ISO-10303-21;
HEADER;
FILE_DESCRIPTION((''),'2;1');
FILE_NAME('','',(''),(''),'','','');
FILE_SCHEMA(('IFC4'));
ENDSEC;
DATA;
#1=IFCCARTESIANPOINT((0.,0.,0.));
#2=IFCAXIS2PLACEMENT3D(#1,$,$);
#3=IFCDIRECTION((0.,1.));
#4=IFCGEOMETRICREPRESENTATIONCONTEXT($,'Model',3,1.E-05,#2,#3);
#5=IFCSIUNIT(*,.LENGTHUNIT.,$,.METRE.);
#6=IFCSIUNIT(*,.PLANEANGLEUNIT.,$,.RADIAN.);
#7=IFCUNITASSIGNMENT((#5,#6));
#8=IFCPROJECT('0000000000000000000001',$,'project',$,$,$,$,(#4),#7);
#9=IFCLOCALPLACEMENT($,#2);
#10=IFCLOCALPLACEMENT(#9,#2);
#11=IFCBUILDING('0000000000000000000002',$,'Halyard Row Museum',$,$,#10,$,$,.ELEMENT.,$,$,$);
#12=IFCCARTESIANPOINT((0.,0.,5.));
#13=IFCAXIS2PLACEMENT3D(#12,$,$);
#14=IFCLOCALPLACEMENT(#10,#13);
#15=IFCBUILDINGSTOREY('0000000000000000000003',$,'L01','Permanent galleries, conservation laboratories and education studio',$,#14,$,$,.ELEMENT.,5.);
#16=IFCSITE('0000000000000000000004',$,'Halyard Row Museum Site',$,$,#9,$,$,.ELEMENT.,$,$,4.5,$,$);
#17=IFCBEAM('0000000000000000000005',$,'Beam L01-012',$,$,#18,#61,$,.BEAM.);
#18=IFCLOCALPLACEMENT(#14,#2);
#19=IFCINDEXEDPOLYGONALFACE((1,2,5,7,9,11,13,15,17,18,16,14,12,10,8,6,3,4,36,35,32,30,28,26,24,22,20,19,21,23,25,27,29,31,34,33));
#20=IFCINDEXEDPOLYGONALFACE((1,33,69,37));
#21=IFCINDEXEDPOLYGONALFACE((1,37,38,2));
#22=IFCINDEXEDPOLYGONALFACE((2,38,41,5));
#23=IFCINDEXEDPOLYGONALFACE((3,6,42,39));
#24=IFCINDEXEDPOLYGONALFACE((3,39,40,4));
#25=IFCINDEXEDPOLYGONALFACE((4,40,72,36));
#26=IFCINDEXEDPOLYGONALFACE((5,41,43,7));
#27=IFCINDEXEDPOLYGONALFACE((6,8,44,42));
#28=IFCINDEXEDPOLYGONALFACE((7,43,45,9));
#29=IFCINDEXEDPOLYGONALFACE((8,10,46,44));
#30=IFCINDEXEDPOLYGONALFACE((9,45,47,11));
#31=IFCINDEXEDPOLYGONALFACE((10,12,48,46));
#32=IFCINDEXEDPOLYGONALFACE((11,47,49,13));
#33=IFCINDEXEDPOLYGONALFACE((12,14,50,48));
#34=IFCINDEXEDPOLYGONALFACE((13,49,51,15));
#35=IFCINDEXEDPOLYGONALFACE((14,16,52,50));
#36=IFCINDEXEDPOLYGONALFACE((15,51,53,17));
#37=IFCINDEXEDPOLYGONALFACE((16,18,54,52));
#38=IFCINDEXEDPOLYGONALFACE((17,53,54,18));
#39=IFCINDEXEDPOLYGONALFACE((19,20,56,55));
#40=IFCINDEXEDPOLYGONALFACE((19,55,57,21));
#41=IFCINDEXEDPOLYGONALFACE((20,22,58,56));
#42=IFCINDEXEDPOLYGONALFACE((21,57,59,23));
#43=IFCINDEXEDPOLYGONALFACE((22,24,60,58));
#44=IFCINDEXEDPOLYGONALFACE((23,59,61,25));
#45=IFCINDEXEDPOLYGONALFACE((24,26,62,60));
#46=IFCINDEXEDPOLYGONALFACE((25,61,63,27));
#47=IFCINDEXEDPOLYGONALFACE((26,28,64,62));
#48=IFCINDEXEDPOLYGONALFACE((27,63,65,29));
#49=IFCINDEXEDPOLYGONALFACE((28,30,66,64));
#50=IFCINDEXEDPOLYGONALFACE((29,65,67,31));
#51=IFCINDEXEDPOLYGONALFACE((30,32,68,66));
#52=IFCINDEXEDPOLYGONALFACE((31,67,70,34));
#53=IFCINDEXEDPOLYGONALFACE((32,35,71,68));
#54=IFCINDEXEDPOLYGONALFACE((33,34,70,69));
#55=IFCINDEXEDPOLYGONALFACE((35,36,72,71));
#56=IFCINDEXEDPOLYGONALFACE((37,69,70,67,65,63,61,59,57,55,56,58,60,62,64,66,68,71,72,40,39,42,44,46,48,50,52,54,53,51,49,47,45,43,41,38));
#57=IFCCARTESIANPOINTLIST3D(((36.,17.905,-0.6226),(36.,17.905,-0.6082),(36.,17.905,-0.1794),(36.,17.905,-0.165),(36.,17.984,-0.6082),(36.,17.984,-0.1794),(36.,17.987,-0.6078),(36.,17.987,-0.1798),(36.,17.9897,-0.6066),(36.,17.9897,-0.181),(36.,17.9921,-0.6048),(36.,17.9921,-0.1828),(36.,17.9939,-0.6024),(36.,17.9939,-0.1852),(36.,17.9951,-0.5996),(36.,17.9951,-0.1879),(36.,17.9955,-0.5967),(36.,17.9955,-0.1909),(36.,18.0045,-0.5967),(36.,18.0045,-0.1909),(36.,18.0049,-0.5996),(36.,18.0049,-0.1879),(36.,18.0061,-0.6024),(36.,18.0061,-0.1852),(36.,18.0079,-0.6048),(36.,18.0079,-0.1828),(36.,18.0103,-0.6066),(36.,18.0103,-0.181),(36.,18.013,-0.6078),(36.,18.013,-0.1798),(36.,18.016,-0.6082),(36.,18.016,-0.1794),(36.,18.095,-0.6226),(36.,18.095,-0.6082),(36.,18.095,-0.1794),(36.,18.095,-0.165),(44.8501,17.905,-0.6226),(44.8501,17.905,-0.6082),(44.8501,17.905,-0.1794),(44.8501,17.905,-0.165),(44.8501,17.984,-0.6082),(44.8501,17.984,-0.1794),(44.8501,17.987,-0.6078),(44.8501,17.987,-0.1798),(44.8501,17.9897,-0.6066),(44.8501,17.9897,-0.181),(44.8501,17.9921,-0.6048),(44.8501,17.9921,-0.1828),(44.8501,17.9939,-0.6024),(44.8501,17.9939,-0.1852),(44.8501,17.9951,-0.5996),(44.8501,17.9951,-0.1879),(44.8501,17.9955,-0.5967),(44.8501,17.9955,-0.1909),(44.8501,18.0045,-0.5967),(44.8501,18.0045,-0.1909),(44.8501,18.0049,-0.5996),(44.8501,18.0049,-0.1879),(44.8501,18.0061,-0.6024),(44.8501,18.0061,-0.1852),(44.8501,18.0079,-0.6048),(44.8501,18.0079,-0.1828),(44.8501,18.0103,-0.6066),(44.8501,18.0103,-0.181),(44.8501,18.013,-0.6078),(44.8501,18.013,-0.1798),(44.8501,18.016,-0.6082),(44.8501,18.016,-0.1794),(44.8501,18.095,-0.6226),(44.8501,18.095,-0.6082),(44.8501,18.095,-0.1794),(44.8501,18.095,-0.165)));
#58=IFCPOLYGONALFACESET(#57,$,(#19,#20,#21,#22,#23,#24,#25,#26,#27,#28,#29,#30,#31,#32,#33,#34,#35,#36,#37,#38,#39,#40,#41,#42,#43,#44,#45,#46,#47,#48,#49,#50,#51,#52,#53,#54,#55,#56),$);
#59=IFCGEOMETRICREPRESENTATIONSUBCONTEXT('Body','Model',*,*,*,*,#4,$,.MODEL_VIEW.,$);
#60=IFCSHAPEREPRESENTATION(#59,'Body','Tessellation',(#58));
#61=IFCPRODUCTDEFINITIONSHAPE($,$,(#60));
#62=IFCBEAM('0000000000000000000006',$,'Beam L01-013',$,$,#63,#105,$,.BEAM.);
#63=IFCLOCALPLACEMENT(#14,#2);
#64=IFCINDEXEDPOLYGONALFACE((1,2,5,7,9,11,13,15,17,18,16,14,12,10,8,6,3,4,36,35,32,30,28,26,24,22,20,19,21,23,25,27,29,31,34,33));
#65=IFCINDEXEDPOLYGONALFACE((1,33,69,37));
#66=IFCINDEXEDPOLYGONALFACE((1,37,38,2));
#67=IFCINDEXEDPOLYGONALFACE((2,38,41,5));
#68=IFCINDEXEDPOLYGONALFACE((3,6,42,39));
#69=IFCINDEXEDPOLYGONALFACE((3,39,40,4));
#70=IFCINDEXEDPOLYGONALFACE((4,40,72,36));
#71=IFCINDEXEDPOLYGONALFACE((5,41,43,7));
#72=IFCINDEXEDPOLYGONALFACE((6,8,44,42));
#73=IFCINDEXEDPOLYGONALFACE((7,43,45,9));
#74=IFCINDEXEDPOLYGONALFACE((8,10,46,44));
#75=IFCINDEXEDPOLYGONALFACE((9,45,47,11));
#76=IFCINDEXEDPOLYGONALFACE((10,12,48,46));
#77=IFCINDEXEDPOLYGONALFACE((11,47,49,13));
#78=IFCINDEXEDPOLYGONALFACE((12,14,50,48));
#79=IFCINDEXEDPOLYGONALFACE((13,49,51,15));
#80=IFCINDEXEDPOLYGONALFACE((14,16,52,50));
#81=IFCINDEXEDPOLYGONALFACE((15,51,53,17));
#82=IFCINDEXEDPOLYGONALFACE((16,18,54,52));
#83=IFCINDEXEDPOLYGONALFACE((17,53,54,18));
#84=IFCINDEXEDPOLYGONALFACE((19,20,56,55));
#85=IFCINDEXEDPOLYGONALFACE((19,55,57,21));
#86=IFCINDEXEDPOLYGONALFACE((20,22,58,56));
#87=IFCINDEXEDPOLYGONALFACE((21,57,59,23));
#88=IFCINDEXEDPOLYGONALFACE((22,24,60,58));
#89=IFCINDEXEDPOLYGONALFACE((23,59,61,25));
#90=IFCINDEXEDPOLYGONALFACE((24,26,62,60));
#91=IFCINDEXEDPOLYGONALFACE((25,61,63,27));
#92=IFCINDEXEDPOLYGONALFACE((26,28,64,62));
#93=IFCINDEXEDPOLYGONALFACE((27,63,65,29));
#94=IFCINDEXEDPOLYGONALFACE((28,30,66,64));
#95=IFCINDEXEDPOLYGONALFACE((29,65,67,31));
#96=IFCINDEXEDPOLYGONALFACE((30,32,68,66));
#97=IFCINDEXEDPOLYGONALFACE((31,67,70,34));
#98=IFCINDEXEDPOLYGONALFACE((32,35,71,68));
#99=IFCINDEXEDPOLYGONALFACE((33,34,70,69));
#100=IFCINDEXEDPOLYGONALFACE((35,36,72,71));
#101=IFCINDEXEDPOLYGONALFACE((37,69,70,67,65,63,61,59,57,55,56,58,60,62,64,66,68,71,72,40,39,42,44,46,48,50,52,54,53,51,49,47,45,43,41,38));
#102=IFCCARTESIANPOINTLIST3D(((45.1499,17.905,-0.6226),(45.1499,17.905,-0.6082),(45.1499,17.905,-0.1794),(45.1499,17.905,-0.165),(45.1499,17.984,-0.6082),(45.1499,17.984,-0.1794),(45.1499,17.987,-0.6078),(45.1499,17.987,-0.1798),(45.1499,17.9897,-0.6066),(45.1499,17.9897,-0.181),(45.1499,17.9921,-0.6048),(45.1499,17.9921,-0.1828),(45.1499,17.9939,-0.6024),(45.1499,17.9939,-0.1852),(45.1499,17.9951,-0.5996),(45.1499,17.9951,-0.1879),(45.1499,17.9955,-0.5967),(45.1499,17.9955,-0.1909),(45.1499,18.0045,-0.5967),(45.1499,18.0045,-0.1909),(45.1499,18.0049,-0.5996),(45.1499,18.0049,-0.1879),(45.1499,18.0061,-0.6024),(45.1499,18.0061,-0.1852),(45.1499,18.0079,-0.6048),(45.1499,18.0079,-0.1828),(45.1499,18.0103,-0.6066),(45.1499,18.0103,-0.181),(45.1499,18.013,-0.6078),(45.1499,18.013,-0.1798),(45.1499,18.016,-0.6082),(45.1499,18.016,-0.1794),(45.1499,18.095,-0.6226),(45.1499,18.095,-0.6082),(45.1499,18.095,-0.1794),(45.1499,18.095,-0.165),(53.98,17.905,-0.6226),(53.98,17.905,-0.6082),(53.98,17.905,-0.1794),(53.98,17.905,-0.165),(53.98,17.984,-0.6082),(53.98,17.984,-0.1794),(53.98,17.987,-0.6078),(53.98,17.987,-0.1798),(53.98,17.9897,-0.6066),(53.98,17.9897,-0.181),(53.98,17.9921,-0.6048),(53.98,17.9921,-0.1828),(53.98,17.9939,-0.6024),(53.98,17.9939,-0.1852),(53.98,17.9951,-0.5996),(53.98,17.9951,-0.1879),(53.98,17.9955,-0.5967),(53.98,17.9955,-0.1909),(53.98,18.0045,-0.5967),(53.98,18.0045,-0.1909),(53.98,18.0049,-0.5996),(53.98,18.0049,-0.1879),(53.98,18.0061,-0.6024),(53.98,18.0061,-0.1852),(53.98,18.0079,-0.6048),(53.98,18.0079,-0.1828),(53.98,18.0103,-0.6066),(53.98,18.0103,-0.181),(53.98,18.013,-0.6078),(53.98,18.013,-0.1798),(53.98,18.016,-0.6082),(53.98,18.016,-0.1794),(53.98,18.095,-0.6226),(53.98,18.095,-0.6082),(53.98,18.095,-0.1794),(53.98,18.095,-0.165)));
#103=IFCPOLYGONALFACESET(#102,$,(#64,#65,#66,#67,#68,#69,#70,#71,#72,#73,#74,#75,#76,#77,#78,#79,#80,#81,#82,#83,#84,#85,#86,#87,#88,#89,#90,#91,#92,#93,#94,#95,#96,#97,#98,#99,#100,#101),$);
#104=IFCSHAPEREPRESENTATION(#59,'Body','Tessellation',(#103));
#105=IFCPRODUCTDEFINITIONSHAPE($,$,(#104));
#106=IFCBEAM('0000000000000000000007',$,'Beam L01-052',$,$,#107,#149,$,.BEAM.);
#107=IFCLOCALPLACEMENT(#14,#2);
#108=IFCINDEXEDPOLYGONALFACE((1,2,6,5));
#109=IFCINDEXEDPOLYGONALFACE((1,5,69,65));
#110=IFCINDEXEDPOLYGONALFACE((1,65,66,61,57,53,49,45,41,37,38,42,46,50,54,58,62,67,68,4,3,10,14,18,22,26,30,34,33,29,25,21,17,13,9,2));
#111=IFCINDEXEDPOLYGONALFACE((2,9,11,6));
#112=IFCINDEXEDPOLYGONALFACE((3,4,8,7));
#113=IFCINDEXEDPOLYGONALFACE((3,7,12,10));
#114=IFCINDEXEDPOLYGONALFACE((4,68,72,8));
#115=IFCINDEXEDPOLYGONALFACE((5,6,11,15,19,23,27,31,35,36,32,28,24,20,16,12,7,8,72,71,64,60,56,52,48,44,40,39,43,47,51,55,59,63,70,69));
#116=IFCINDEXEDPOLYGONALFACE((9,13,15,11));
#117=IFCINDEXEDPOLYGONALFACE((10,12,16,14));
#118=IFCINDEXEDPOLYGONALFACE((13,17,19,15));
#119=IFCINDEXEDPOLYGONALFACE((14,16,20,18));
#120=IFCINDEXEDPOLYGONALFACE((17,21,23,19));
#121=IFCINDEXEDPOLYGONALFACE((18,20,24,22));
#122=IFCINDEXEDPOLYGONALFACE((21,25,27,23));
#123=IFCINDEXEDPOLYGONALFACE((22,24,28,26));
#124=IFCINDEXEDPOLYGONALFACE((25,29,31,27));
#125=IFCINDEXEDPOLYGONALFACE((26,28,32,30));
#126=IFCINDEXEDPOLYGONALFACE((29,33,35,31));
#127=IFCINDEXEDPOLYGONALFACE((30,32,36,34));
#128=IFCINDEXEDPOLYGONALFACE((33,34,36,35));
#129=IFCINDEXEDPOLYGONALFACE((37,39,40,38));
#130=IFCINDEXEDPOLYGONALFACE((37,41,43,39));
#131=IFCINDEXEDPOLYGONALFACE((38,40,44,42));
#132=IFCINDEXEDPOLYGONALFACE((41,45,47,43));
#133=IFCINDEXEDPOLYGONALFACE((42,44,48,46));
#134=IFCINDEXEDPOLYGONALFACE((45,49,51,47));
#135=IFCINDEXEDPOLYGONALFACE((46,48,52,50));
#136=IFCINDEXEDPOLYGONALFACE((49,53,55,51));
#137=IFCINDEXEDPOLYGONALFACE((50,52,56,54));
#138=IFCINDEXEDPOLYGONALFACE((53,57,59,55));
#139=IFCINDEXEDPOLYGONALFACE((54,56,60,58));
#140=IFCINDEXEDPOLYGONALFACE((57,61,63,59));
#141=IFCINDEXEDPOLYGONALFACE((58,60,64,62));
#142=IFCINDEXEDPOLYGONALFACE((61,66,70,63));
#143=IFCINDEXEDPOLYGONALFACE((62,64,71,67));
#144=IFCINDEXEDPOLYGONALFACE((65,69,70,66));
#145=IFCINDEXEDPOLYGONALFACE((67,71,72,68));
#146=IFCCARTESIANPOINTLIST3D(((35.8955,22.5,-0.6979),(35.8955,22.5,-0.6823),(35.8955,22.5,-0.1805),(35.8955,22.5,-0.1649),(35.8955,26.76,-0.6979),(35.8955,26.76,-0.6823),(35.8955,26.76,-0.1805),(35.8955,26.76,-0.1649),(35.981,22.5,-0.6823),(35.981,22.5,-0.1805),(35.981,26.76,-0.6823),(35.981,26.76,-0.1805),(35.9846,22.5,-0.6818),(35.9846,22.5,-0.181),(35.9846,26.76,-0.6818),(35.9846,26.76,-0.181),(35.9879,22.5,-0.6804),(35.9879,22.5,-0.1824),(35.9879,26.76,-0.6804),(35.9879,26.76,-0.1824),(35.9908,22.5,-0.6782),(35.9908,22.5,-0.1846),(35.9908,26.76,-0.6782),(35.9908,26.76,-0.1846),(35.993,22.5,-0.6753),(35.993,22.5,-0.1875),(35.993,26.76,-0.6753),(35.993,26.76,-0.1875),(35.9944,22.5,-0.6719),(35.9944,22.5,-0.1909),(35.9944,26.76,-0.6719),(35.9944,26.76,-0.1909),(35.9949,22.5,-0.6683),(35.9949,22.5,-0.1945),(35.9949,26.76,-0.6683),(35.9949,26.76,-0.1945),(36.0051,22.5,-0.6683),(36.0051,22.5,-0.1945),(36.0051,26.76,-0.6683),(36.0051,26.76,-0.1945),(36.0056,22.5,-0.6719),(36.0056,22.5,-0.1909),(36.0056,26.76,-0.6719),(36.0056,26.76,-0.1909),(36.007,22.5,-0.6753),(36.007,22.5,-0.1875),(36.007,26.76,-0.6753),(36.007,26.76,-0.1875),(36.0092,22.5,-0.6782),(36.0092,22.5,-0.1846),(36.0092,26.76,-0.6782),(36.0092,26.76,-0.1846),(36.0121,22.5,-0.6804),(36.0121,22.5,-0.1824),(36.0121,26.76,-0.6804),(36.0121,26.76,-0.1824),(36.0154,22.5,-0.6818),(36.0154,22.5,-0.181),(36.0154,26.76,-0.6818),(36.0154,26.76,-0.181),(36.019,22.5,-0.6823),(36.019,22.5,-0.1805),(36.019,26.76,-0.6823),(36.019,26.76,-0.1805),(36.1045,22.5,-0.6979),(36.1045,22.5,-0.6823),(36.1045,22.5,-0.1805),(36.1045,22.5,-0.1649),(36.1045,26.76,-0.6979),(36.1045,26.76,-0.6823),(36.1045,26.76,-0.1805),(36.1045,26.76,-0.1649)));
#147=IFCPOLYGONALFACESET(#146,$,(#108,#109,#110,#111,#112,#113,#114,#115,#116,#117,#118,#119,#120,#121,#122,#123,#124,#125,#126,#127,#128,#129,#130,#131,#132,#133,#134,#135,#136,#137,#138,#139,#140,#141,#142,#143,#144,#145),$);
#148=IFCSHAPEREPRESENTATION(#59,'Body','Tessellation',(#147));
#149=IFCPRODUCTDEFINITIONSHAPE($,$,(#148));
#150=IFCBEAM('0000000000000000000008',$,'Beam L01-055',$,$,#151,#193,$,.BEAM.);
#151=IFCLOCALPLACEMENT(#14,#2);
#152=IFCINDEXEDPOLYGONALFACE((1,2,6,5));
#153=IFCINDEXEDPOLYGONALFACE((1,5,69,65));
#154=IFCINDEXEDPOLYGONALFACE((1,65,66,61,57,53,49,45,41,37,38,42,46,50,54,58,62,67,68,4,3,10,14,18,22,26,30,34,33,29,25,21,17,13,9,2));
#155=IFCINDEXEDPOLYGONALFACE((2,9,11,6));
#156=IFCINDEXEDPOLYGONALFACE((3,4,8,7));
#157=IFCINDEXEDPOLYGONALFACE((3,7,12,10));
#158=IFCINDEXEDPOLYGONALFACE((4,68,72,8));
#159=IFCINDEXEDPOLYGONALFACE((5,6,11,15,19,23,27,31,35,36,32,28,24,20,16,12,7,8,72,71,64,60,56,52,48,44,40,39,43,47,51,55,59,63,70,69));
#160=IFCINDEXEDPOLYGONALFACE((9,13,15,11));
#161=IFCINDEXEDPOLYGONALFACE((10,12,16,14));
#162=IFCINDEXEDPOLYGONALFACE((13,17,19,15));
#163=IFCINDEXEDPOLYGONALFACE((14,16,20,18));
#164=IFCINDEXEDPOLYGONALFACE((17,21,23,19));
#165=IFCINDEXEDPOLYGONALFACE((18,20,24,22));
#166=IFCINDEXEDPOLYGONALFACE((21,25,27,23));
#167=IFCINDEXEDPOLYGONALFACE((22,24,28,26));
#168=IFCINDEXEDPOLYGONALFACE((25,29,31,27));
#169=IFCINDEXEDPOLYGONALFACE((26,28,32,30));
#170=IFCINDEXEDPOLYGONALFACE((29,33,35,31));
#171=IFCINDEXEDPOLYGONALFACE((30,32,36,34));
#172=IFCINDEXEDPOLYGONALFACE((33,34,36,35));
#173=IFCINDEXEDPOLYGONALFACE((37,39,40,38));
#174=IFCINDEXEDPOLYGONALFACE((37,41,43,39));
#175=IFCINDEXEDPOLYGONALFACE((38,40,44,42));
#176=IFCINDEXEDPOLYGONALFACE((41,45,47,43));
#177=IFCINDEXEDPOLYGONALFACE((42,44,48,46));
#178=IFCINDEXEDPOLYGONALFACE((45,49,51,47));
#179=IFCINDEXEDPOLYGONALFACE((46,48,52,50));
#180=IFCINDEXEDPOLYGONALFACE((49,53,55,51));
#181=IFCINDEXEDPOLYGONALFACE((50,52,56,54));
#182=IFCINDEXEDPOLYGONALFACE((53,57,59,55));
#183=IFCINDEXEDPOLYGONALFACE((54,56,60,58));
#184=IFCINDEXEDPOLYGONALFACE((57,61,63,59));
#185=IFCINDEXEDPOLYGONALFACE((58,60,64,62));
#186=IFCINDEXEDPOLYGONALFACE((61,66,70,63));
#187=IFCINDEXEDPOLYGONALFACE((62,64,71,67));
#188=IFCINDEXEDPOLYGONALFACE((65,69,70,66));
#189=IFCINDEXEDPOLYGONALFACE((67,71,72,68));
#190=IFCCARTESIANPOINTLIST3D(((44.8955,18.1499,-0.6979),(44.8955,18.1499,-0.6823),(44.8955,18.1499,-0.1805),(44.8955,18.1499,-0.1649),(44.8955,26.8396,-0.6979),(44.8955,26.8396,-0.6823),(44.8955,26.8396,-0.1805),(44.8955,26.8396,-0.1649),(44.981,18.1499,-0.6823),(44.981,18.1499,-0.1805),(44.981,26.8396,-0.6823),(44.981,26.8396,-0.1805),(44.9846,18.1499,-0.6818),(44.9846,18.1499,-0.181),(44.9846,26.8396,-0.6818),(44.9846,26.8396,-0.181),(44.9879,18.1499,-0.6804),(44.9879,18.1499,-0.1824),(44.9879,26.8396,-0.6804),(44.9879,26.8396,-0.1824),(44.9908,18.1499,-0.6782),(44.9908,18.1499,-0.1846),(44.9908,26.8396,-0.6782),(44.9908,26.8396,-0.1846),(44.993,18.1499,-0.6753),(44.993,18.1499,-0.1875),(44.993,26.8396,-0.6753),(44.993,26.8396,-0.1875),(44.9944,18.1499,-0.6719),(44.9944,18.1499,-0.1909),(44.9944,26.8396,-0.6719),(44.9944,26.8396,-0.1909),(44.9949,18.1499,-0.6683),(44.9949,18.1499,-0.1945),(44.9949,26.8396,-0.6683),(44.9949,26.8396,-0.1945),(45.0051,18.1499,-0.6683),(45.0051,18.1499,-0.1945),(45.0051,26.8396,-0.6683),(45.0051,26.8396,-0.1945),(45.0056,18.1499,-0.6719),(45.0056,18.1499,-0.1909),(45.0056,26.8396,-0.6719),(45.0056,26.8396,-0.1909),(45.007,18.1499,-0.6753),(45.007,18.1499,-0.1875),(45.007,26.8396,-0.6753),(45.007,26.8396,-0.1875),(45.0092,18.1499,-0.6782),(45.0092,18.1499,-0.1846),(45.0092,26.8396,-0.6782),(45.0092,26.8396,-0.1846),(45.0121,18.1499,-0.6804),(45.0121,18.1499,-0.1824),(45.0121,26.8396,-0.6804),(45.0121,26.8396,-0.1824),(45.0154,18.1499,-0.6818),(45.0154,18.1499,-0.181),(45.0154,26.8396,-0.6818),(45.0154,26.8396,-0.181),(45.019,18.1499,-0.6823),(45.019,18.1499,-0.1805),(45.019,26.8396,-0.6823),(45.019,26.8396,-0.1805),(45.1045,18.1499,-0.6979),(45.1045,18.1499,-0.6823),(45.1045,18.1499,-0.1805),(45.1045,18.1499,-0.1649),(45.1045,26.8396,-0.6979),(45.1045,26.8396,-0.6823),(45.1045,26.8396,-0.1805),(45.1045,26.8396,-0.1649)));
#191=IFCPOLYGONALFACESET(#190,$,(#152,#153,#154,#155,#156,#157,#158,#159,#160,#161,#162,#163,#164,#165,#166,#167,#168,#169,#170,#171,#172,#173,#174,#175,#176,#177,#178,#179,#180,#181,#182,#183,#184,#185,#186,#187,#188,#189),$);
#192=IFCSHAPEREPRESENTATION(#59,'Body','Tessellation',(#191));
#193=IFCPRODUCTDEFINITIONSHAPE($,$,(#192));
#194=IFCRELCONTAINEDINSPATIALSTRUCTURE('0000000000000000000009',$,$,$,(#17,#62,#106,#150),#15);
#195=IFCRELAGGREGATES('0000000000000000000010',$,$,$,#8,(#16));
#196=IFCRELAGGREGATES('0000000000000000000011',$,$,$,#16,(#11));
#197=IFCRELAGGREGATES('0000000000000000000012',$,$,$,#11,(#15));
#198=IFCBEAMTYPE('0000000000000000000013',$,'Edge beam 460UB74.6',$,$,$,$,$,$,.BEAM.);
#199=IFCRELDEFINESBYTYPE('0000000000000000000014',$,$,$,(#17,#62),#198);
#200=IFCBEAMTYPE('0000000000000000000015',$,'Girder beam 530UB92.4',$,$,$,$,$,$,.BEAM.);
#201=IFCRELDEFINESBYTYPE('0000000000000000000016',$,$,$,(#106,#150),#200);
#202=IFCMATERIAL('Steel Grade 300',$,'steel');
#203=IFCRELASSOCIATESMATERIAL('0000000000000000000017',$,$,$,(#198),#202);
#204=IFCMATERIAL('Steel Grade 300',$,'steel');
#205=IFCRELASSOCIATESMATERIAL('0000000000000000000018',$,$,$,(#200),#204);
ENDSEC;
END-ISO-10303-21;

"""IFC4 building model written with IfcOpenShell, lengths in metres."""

from ifc_helpers import new_model, si_unit, direction, frame, origin, origin_2d, place, context, subcontext, project, spatial, i_section, extrude, material, material_profile, profile_set, type_object, element, save


model = new_model("IFC4")

# Units and contexts
model_context = context("Model", 3, precision=1e-05, world=origin(), true_north=direction((0.0, 1.0)))
body_context = subcontext(model_context, "Body", "Model", "MODEL_VIEW")
ifc_project = project(units=[si_unit("LENGTHUNIT", "METRE"), si_unit("PLANEANGLEUNIT", "RADIAN")], contexts=[model_context])

# Site, building, storey
site_placement = place(None, origin())
site = spatial("IfcSite", under=ifc_project, at=site_placement, Name="Halyard Row Museum Site", CompositionType="ELEMENT", RefElevation=4.5)
building_placement = place(site_placement, origin())
building = spatial("IfcBuilding", under=site, at=building_placement, Name="Halyard Row Museum", CompositionType="ELEMENT")
storey_placement = place(building_placement, frame((0.0, 0.0, 5.0)))
storey = spatial("IfcBuildingStorey", under=building, at=storey_placement, Name="L01", Description="Permanent galleries, conservation laboratories and education studio", CompositionType="ELEMENT", Elevation=5.0)

# Beams
ifc_material_1 = material(Name="Steel Grade 300", Category="steel")
ifc_material_profile_1 = material_profile(ifc_material_1, i_section(OverallWidth=0.1899, OverallDepth=0.4575, WebThickness=0.009, FlangeThickness=0.0144, FilletRadius=0.0115, at=origin_2d()), Name="460UB74.6")
ifc_profile_set_1 = profile_set([ifc_material_profile_1], Name="Steel Grade 300")
beam_type_1 = type_object("IfcBeamType", Name="Edge beam 460UB74.6", PredefinedType="BEAM", material=ifc_profile_set_1)
beam_1_placement = place(storey_placement, frame((36.0, 18.0, -0.3938), z_axis=(1.0, 0.0, 0.0), x_axis=(0.0, 1.0, 0.0)))
element("IfcBeam", 1, at=beam_1_placement, inside=storey, type_object=beam_type_1, Name="Beam L01-012", PredefinedType="BEAM", context=body_context, shape_type="SweptSolid", body=[
    extrude(i_section(OverallWidth=0.1899, OverallDepth=0.4575, WebThickness=0.009, FlangeThickness=0.0144, FilletRadius=0.0115, at=origin_2d()), origin(), (0.0, 0.0, 1.0), 8.8501),
])
beam_2_placement = place(storey_placement, frame((45.1499, 18.0, -0.3938), z_axis=(1.0, 0.0, 0.0), x_axis=(0.0, 1.0, 0.0)))
element("IfcBeam", 2, at=beam_2_placement, inside=storey, type_object=beam_type_1, Name="Beam L01-013", PredefinedType="BEAM", context=body_context, shape_type="SweptSolid", body=[
    extrude(i_section(OverallWidth=0.1899, OverallDepth=0.4575, WebThickness=0.009, FlangeThickness=0.0144, FilletRadius=0.0115, at=origin_2d()), origin(), (0.0, 0.0, 1.0), 8.8301),
])
ifc_material_2 = material(Name="Steel Grade 300", Category="steel")
ifc_material_profile_2 = material_profile(ifc_material_2, i_section(OverallWidth=0.209, OverallDepth=0.533, WebThickness=0.0103, FlangeThickness=0.0156, FilletRadius=0.0139, at=origin_2d()), Name="530UB92.4")
ifc_profile_set_2 = profile_set([ifc_material_profile_2], Name="Steel Grade 300")
beam_type_2 = type_object("IfcBeamType", Name="Girder beam 530UB92.4", PredefinedType="BEAM", material=ifc_profile_set_2)
beam_3_placement = place(storey_placement, frame((36.0, 22.5, -0.4314), z_axis=(0.0, 1.0, 0.0), x_axis=(-1.0, 0.0, 0.0)))
element("IfcBeam", 3, at=beam_3_placement, inside=storey, type_object=beam_type_2, Name="Beam L01-052", PredefinedType="BEAM", context=body_context, shape_type="SweptSolid", body=[
    extrude(i_section(OverallWidth=0.209, OverallDepth=0.533, WebThickness=0.0103, FlangeThickness=0.0156, FilletRadius=0.0139, at=origin_2d()), origin(), (0.0, 0.0, 1.0), 4.26),
])
beam_4_placement = place(storey_placement, frame((45.0, 18.1499, -0.4314), z_axis=(0.0, 1.0, 0.0), x_axis=(-1.0, 0.0, 0.0)))
element("IfcBeam", 4, at=beam_4_placement, inside=storey, type_object=beam_type_2, Name="Beam L01-055", PredefinedType="BEAM", context=body_context, shape_type="SweptSolid", body=[
    extrude(i_section(OverallWidth=0.209, OverallDepth=0.533, WebThickness=0.0103, FlangeThickness=0.0156, FilletRadius=0.0139, at=origin_2d()), origin(), (0.0, 0.0, 1.0), 8.6897),
])

save(model, "model.ifc")
